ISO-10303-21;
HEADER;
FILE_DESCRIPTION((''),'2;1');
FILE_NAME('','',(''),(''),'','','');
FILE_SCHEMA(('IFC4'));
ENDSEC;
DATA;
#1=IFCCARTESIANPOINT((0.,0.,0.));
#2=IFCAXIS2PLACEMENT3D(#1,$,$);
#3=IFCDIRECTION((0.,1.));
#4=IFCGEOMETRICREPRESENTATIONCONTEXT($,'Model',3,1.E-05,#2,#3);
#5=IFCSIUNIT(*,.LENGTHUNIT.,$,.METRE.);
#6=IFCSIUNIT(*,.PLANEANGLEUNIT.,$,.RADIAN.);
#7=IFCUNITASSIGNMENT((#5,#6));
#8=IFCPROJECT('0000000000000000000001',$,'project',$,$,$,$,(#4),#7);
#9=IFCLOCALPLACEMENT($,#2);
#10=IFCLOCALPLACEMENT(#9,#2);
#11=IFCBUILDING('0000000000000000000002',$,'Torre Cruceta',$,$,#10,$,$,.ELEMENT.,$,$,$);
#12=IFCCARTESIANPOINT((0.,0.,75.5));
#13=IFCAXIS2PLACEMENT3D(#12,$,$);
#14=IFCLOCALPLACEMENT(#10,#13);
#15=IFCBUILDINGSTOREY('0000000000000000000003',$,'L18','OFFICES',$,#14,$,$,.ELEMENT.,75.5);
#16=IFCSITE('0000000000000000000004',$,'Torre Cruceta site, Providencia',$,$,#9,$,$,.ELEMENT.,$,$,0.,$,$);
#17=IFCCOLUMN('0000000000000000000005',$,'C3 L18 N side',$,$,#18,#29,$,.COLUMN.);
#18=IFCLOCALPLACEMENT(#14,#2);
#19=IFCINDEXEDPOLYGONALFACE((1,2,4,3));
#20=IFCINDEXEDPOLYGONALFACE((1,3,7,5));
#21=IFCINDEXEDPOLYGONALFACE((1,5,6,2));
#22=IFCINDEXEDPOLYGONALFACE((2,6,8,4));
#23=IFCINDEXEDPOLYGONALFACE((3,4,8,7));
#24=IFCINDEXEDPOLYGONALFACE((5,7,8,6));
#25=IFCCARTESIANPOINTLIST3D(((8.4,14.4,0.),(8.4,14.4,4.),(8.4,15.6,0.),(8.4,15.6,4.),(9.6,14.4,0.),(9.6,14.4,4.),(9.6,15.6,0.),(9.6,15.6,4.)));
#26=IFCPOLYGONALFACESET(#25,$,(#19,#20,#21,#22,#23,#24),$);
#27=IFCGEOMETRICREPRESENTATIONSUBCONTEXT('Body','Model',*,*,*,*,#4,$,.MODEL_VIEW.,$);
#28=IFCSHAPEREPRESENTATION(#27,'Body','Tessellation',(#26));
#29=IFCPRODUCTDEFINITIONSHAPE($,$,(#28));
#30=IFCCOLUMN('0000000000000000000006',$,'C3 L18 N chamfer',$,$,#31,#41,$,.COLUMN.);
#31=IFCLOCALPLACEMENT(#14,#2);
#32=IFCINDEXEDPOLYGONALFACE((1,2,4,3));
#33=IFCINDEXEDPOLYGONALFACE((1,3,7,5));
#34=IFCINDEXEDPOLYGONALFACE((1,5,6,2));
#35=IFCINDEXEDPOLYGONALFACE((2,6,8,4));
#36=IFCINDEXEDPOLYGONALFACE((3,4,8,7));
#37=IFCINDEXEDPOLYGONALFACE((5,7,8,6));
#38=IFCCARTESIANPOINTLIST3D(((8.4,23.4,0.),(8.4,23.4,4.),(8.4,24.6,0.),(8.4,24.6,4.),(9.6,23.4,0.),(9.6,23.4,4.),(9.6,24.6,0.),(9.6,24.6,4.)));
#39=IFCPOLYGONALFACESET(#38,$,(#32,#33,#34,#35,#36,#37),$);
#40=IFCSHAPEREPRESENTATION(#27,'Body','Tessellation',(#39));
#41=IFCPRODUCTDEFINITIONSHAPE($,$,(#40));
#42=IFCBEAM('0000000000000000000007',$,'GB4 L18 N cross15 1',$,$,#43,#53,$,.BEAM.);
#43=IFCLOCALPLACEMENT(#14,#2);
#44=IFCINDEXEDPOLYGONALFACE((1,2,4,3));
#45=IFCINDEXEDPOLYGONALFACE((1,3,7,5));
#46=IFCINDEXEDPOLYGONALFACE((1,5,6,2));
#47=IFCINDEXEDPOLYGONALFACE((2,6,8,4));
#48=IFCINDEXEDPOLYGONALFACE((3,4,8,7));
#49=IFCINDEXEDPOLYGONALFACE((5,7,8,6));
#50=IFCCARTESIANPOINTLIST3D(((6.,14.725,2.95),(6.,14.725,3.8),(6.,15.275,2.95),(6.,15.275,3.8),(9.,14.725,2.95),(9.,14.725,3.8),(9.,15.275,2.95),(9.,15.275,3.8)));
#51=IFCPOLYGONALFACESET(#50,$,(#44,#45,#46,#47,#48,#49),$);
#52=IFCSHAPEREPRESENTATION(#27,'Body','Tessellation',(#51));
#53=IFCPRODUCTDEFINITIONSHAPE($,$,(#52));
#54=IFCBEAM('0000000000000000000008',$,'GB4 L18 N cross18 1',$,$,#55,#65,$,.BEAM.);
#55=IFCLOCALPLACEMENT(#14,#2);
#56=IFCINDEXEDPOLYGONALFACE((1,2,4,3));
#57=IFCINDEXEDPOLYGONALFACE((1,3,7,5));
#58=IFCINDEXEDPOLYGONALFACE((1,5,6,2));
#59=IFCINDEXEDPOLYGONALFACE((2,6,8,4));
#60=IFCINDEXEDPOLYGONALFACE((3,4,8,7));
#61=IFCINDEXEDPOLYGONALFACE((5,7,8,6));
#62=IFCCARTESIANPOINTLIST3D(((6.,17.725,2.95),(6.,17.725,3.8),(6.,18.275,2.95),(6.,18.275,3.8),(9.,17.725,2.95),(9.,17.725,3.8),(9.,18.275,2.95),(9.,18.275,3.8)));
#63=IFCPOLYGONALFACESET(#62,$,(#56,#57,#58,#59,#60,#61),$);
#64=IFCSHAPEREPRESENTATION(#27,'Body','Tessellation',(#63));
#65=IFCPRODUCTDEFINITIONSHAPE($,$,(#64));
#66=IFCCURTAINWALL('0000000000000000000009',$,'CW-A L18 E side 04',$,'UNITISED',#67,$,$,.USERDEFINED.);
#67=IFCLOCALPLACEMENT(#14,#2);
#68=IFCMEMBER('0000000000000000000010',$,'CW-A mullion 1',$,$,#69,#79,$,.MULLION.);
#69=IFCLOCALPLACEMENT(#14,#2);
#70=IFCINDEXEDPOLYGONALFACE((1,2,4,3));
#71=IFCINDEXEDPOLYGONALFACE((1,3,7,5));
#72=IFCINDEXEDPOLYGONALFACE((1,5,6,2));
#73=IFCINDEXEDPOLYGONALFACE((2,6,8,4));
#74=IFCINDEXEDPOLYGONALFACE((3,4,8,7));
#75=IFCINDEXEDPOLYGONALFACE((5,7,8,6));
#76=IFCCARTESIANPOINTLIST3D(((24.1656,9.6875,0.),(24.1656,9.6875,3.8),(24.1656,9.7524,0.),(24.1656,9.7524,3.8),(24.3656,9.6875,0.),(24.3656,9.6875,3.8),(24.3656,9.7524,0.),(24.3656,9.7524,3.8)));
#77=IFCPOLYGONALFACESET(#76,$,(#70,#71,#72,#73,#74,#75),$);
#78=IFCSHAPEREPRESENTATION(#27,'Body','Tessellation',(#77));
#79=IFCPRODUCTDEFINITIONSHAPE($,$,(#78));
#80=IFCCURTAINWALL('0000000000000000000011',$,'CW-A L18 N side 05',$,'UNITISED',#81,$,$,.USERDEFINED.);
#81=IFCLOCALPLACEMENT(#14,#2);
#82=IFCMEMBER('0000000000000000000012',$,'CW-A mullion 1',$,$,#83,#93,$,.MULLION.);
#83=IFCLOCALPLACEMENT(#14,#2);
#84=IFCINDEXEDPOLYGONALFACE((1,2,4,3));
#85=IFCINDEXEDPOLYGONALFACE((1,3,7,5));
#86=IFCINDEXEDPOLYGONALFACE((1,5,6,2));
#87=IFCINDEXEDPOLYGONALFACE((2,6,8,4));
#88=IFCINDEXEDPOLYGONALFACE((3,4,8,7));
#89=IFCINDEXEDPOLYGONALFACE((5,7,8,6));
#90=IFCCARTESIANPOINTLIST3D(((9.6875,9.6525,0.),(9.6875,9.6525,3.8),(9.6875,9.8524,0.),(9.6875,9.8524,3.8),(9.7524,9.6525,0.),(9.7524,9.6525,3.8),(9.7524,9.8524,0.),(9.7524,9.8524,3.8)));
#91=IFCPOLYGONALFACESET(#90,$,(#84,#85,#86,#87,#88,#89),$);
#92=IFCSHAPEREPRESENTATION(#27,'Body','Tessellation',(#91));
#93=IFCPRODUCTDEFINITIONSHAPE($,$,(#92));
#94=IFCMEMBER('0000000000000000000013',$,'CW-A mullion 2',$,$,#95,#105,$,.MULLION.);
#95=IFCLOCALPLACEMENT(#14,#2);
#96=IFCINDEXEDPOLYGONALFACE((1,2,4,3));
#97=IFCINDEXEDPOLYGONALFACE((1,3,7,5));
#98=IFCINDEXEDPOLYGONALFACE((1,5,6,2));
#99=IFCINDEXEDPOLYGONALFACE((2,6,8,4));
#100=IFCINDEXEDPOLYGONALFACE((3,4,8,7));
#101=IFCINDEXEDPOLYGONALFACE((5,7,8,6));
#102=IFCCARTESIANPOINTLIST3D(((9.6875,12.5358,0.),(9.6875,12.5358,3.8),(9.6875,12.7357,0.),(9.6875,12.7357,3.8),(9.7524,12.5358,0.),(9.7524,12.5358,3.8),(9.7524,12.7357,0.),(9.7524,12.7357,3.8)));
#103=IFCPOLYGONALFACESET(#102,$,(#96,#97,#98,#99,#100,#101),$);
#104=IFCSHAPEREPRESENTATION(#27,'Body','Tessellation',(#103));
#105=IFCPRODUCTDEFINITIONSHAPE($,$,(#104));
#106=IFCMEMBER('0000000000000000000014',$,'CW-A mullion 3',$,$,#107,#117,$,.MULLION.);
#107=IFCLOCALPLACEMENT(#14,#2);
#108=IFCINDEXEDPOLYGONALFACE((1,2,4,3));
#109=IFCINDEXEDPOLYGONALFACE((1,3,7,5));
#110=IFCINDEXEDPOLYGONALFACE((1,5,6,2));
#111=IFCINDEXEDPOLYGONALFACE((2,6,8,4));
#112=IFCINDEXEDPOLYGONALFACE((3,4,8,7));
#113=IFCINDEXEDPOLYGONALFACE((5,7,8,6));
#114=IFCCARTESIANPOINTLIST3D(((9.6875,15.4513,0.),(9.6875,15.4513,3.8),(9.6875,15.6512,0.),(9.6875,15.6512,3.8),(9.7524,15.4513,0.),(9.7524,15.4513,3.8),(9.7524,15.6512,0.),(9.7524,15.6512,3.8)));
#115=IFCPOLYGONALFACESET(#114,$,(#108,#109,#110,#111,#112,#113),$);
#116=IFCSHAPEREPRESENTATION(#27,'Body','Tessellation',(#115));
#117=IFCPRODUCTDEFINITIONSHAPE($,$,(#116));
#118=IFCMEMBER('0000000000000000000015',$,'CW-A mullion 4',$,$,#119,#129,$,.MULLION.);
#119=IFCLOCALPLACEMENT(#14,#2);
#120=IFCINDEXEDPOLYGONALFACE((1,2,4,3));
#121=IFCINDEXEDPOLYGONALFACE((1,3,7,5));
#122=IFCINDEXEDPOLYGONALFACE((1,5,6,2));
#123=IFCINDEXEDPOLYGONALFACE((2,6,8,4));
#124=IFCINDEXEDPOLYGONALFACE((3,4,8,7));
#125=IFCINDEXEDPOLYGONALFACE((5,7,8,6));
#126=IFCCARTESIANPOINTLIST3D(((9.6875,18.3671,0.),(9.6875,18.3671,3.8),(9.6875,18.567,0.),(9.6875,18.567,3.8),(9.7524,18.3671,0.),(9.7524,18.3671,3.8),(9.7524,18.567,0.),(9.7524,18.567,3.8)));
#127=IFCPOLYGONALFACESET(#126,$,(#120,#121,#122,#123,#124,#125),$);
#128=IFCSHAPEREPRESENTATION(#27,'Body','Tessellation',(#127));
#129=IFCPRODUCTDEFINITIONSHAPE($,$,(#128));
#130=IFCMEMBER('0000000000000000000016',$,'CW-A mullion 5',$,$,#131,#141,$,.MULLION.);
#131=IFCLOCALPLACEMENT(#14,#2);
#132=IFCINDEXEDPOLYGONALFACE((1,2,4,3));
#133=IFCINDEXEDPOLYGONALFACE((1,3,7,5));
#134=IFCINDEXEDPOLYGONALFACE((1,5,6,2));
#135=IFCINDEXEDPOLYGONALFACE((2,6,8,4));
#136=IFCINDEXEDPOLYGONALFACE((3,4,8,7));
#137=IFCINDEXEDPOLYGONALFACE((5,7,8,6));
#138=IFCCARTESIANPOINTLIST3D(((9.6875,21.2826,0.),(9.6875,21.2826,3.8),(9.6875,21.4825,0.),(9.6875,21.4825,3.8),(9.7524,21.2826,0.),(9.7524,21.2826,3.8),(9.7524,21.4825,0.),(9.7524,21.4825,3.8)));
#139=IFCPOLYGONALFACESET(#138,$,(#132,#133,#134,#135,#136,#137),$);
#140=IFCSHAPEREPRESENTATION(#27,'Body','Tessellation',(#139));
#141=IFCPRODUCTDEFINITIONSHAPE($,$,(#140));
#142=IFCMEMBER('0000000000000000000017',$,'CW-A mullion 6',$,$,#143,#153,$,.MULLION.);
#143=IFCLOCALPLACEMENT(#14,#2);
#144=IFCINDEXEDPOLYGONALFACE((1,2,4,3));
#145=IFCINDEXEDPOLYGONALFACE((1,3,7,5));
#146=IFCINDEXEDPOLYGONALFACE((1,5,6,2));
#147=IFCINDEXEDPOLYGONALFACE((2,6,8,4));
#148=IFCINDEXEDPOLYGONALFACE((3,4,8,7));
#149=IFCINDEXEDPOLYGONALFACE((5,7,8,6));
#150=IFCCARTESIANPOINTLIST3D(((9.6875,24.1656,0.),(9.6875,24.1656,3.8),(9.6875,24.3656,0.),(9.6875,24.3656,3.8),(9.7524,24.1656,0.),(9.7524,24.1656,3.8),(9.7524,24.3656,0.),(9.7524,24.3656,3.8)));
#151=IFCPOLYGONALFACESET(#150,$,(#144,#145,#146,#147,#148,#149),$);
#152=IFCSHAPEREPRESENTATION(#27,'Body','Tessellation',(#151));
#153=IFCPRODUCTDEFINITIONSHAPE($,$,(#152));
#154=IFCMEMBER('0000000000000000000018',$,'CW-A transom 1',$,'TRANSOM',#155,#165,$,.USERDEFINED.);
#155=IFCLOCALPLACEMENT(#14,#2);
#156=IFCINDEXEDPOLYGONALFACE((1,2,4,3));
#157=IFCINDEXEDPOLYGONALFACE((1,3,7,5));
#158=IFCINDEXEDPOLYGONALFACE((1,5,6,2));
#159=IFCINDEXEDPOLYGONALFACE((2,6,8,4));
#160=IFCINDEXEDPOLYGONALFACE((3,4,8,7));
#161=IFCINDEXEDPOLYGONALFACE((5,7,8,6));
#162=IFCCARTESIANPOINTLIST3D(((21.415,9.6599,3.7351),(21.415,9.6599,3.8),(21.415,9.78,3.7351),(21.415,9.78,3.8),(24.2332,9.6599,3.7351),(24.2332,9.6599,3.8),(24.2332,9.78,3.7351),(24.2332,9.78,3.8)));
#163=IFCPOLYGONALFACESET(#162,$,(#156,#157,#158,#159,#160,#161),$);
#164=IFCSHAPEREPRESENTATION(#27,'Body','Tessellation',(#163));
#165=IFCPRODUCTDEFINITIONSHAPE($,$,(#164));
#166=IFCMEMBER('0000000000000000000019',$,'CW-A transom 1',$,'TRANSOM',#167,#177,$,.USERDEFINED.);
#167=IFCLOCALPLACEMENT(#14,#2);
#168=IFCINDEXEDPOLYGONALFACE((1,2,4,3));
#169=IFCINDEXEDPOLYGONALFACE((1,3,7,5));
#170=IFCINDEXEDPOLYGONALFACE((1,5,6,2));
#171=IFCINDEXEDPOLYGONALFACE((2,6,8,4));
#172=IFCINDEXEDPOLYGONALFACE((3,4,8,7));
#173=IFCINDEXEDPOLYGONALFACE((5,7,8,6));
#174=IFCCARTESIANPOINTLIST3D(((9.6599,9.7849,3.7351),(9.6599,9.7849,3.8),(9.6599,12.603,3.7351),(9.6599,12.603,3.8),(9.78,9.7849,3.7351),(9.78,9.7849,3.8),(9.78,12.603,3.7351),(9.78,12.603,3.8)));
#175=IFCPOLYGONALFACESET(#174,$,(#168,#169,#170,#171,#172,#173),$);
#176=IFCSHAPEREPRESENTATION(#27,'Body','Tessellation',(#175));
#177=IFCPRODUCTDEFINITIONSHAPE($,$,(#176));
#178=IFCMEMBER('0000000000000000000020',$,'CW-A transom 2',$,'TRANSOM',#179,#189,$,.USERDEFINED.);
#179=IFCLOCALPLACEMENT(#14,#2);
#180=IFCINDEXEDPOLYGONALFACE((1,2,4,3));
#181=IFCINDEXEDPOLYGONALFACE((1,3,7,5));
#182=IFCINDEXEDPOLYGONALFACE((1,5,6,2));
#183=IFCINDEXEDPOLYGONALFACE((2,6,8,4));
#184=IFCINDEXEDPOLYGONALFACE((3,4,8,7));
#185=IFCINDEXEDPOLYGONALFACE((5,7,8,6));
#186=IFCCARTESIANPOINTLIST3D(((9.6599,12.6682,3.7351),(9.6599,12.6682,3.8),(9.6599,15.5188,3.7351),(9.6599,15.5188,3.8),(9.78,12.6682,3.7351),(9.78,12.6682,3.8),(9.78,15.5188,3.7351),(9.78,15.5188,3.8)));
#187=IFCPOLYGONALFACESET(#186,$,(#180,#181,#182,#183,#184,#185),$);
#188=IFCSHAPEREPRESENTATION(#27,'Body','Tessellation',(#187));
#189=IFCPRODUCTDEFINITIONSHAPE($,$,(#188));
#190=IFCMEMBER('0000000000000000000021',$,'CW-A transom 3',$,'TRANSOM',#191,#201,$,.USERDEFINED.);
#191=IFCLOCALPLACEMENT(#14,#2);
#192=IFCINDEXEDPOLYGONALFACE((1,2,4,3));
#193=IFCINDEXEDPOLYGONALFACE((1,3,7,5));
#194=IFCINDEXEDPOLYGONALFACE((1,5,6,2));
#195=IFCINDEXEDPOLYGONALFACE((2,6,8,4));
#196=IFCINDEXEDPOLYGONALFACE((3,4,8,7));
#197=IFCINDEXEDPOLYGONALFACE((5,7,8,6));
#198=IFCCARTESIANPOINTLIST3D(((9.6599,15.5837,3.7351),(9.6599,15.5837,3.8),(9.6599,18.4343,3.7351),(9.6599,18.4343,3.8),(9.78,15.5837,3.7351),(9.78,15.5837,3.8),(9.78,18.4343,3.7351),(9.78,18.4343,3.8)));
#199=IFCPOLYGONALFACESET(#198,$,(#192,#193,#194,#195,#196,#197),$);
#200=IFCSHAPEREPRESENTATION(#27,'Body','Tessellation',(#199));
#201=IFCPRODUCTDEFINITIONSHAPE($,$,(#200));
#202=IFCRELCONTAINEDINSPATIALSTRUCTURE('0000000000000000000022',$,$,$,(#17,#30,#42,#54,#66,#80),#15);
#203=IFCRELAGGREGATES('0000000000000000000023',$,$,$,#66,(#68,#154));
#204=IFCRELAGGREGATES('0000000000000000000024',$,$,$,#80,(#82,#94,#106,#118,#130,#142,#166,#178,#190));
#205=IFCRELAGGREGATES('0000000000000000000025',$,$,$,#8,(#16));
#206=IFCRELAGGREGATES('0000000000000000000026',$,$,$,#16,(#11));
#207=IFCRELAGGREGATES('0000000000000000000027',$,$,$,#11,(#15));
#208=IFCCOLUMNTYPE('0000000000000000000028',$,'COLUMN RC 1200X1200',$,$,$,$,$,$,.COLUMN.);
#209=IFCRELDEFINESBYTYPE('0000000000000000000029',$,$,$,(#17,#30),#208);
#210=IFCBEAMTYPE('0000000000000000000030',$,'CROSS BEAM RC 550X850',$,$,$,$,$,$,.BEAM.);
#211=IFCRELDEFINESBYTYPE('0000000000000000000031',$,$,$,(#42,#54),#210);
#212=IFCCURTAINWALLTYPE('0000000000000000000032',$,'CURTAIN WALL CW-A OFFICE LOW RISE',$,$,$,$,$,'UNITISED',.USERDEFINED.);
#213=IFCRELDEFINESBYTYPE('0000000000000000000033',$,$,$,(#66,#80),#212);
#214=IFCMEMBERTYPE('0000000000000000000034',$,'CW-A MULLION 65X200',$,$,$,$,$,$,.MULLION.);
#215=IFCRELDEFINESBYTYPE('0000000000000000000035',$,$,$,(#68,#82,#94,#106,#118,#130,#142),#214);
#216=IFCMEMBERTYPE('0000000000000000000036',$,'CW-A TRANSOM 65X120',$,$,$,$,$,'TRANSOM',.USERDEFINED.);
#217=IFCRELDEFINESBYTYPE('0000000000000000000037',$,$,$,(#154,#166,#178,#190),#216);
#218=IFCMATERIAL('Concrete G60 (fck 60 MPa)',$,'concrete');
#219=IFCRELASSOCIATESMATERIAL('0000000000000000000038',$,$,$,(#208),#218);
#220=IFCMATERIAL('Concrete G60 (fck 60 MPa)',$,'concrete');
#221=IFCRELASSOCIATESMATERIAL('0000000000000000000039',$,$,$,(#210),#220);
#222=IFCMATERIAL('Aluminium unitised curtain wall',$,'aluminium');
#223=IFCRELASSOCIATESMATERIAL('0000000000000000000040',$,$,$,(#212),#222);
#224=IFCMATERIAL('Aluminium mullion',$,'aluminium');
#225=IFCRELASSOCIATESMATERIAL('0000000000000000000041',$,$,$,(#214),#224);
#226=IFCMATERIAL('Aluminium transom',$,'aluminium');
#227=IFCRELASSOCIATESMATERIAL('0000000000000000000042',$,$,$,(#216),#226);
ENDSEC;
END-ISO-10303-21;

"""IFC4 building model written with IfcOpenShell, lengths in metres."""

from ifc_helpers import new_model, si_unit, direction, frame, origin, origin_2d, place, context, subcontext, project, spatial, rectangle, extrude, material, material_profile, profile_set, type_object, element, aggregate, save


model = new_model("IFC4")

# Units and contexts
model_context = context("Model", 3, precision=1e-05, world=origin(), true_north=direction((0.0, 1.0)))
body_context = subcontext(model_context, "Body", "Model", "MODEL_VIEW")
ifc_project = project(units=[si_unit("LENGTHUNIT", "METRE"), si_unit("PLANEANGLEUNIT", "RADIAN")], contexts=[model_context])

# Site, building, storey
site_placement = place(None, origin())
site = spatial("IfcSite", under=ifc_project, at=site_placement, Name="Torre Cruceta site, Providencia", CompositionType="ELEMENT", RefElevation=0.0)
building_placement = place(site_placement, origin())
building = spatial("IfcBuilding", under=site, at=building_placement, Name="Torre Cruceta", CompositionType="ELEMENT")
storey_placement = place(building_placement, frame((0.0, 0.0, 75.5)))
storey = spatial("IfcBuildingStorey", under=building, at=storey_placement, Name="L18", Description="OFFICES", CompositionType="ELEMENT", Elevation=75.5)

# Columns
ifc_material_1 = material(Name="Concrete G60 (fck 60 MPa)", Category="concrete")
ifc_material_profile_1 = material_profile(ifc_material_1, rectangle(XDim=1.2, YDim=1.2, at=origin_2d()), Name="RC 1200X1200")
ifc_profile_set_1 = profile_set([ifc_material_profile_1], Name="Concrete G60 (fck 60 MPa)")
column_type = type_object("IfcColumnType", Name="COLUMN RC 1200X1200", PredefinedType="COLUMN", material=ifc_profile_set_1)
for number, where, z_axis, x_axis, name in (
    (1, (9.0, 15.0, 0.0), (0.0, 0.0, 1.0), (1.0, 0.0, 0.0), "C3 L18 N side"),
    (2, (9.0, 24.0, 0.0), (0.0, 0.0, 1.0), (1.0, 0.0, 0.0), "C3 L18 N chamfer"),
):
    element("IfcColumn", number, at=place(storey_placement, frame(where, z_axis=z_axis, x_axis=x_axis)), inside=storey, type_object=column_type, Name=name, PredefinedType="COLUMN", context=body_context, shape_type="SweptSolid", body=[
        extrude(rectangle(XDim=1.2, YDim=1.2, at=origin_2d()), origin(), (0.0, 0.0, 1.0), 4.0),
    ])

# Beams
ifc_material_2 = material(Name="Concrete G60 (fck 60 MPa)", Category="concrete")
ifc_material_profile_2 = material_profile(ifc_material_2, rectangle(XDim=0.55, YDim=0.8501, at=origin_2d()), Name="RC 550X850")
ifc_profile_set_2 = profile_set([ifc_material_profile_2], Name="Concrete G60 (fck 60 MPa)")
beam_type_1 = type_object("IfcBeamType", Name="CROSS BEAM RC 550X850", PredefinedType="BEAM", material=ifc_profile_set_2)
for number, where, z_axis, x_axis, name in (
    (3, (9.0, 15.0, 3.375), (-1.0, 0.0, 0.0), (0.0, -1.0, 0.0), "GB4 L18 N cross15 1"),
    (4, (9.0, 18.0, 3.375), (-1.0, 0.0, 0.0), (0.0, -1.0, 0.0), "GB4 L18 N cross18 1"),
):
    element("IfcBeam", number, at=place(storey_placement, frame(where, z_axis=z_axis, x_axis=x_axis)), inside=storey, type_object=beam_type_1, Name=name, PredefinedType="BEAM", context=body_context, shape_type="SweptSolid", body=[
        extrude(rectangle(XDim=0.55, YDim=0.8501, at=origin_2d()), origin(), (0.0, 0.0, 1.0), 3.0),
    ])

# Curtain wall, member
ifc_material_3 = material(Name="Aluminium unitised curtain wall", Category="aluminium")
curtain_wall_type = type_object("IfcCurtainWallType", Name="CURTAIN WALL CW-A OFFICE LOW RISE", ElementType="UNITISED", PredefinedType="USERDEFINED", material=ifc_material_3)
curtain_wall_1_placement = place(storey_placement, origin())
curtain_wall_1 = element("IfcCurtainWall", 5, at=curtain_wall_1_placement, inside=storey, type_object=curtain_wall_type, Name="CW-A L18 E side 04", ObjectType="UNITISED", PredefinedType="USERDEFINED")
ifc_material_4 = material(Name="Aluminium mullion", Category="aluminium")
ifc_material_profile_3 = material_profile(ifc_material_4, rectangle(XDim=0.0649, YDim=0.2, at=origin_2d()), Name="AL 65X200")
ifc_profile_set_3 = profile_set([ifc_material_profile_3], Name="Aluminium mullion")
member_type_1 = type_object("IfcMemberType", Name="CW-A MULLION 65X200", PredefinedType="MULLION", material=ifc_profile_set_3)
member_1_placement = place(storey_placement, frame((24.2656, 9.72, 0.0), z_axis=(0.0, 0.0, 1.0), x_axis=(0.0, -1.0, 0.0)))
member_1 = element("IfcMember", 6, at=member_1_placement, type_object=member_type_1, Name="CW-A mullion 1", PredefinedType="MULLION", context=body_context, shape_type="SweptSolid", body=[
    extrude(rectangle(XDim=0.0649, YDim=0.2, at=origin_2d()), origin(), (0.0, 0.0, 1.0), 3.8),
])

# Curtain wall, members
curtain_wall_2_placement = place(storey_placement, origin())
curtain_wall_2 = element("IfcCurtainWall", 7, at=curtain_wall_2_placement, inside=storey, type_object=curtain_wall_type, Name="CW-A L18 N side 05", ObjectType="UNITISED", PredefinedType="USERDEFINED")
member_2_placement = place(storey_placement, frame((9.72, 9.7524, 0.0), z_axis=(0.0, 0.0, 1.0), x_axis=(-1.0, 0.0, 0.0)))
member_2 = element("IfcMember", 8, at=member_2_placement, type_object=member_type_1, Name="CW-A mullion 1", PredefinedType="MULLION", context=body_context, shape_type="SweptSolid", body=[
    extrude(rectangle(XDim=0.0649, YDim=0.2, at=origin_2d()), origin(), (0.0, 0.0, 1.0), 3.8),
])
member_3_placement = place(storey_placement, frame((9.72, 12.6357, 0.0), z_axis=(0.0, 0.0, 1.0), x_axis=(-1.0, 0.0, 0.0)))
member_3 = element("IfcMember", 9, at=member_3_placement, type_object=member_type_1, Name="CW-A mullion 2", PredefinedType="MULLION", context=body_context, shape_type="SweptSolid", body=[
    extrude(rectangle(XDim=0.0649, YDim=0.2, at=origin_2d()), origin(), (0.0, 0.0, 1.0), 3.8),
])
member_4_placement = place(storey_placement, frame((9.72, 15.5513, 0.0), z_axis=(0.0, 0.0, 1.0), x_axis=(-1.0, 0.0, 0.0)))
member_4 = element("IfcMember", 10, at=member_4_placement, type_object=member_type_1, Name="CW-A mullion 3", PredefinedType="MULLION", context=body_context, shape_type="SweptSolid", body=[
    extrude(rectangle(XDim=0.0649, YDim=0.2, at=origin_2d()), origin(), (0.0, 0.0, 1.0), 3.8),
])
member_5_placement = place(storey_placement, frame((9.72, 18.467, 0.0), z_axis=(0.0, 0.0, 1.0), x_axis=(-1.0, 0.0, 0.0)))
member_5 = element("IfcMember", 11, at=member_5_placement, type_object=member_type_1, Name="CW-A mullion 4", PredefinedType="MULLION", context=body_context, shape_type="SweptSolid", body=[
    extrude(rectangle(XDim=0.0649, YDim=0.2, at=origin_2d()), origin(), (0.0, 0.0, 1.0), 3.8),
])
member_6_placement = place(storey_placement, frame((9.72, 21.3826, 0.0), z_axis=(0.0, 0.0, 1.0), x_axis=(-1.0, 0.0, 0.0)))
member_6 = element("IfcMember", 12, at=member_6_placement, type_object=member_type_1, Name="CW-A mullion 5", PredefinedType="MULLION", context=body_context, shape_type="SweptSolid", body=[
    extrude(rectangle(XDim=0.0649, YDim=0.2, at=origin_2d()), origin(), (0.0, 0.0, 1.0), 3.8),
])
member_7_placement = place(storey_placement, frame((9.72, 24.2656, 0.0), z_axis=(0.0, 0.0, 1.0), x_axis=(-1.0, 0.0, 0.0)))
member_7 = element("IfcMember", 13, at=member_7_placement, type_object=member_type_1, Name="CW-A mullion 6", PredefinedType="MULLION", context=body_context, shape_type="SweptSolid", body=[
    extrude(rectangle(XDim=0.0649, YDim=0.2, at=origin_2d()), origin(), (0.0, 0.0, 1.0), 3.8),
])

# Members
ifc_material_5 = material(Name="Aluminium transom", Category="aluminium")
ifc_material_profile_4 = material_profile(ifc_material_5, rectangle(XDim=0.1201, YDim=0.0649, at=origin_2d()), Name="AL 120X65")
ifc_profile_set_4 = profile_set([ifc_material_profile_4], Name="Aluminium transom")
member_type_2 = type_object("IfcMemberType", Name="CW-A TRANSOM 65X120", ElementType="TRANSOM", PredefinedType="USERDEFINED", material=ifc_profile_set_4)
member_8_placement = place(storey_placement, frame((24.2332, 9.72, 3.7676), z_axis=(-1.0, 0.0, 0.0), x_axis=(0.0, -1.0, 0.0)))
member_8 = element("IfcMember", 14, at=member_8_placement, type_object=member_type_2, Name="CW-A transom 1", ObjectType="TRANSOM", PredefinedType="USERDEFINED", context=body_context, shape_type="SweptSolid", body=[
    extrude(rectangle(XDim=0.1201, YDim=0.0649, at=origin_2d()), origin(), (0.0, 0.0, 1.0), 2.8181),
])
aggregate(curtain_wall_1, [member_1, member_8])
member_9_placement = place(storey_placement, frame((9.72, 9.7849, 3.7676), z_axis=(0.0, 1.0, 0.0), x_axis=(-1.0, 0.0, 0.0)))
member_9 = element("IfcMember", 15, at=member_9_placement, type_object=member_type_2, Name="CW-A transom 1", ObjectType="TRANSOM", PredefinedType="USERDEFINED", context=body_context, shape_type="SweptSolid", body=[
    extrude(rectangle(XDim=0.1201, YDim=0.0649, at=origin_2d()), origin(), (0.0, 0.0, 1.0), 2.8181),
])
member_10_placement = place(storey_placement, frame((9.72, 12.6682, 3.7676), z_axis=(0.0, 1.0, 0.0), x_axis=(-1.0, 0.0, 0.0)))
member_10 = element("IfcMember", 16, at=member_10_placement, type_object=member_type_2, Name="CW-A transom 2", ObjectType="TRANSOM", PredefinedType="USERDEFINED", context=body_context, shape_type="SweptSolid", body=[
    extrude(rectangle(XDim=0.1201, YDim=0.0649, at=origin_2d()), origin(), (0.0, 0.0, 1.0), 2.8506),
])
member_11_placement = place(storey_placement, frame((9.72, 15.5837, 3.7676), z_axis=(0.0, 1.0, 0.0), x_axis=(-1.0, 0.0, 0.0)))
member_11 = element("IfcMember", 17, at=member_11_placement, type_object=member_type_2, Name="CW-A transom 3", ObjectType="TRANSOM", PredefinedType="USERDEFINED", context=body_context, shape_type="SweptSolid", body=[
    extrude(rectangle(XDim=0.1201, YDim=0.0649, at=origin_2d()), origin(), (0.0, 0.0, 1.0), 2.8506),
])

aggregate(curtain_wall_2, [member_2, member_3, member_4, member_5, member_6, member_7, member_9, member_10, member_11])

save(model, "model.ifc")
